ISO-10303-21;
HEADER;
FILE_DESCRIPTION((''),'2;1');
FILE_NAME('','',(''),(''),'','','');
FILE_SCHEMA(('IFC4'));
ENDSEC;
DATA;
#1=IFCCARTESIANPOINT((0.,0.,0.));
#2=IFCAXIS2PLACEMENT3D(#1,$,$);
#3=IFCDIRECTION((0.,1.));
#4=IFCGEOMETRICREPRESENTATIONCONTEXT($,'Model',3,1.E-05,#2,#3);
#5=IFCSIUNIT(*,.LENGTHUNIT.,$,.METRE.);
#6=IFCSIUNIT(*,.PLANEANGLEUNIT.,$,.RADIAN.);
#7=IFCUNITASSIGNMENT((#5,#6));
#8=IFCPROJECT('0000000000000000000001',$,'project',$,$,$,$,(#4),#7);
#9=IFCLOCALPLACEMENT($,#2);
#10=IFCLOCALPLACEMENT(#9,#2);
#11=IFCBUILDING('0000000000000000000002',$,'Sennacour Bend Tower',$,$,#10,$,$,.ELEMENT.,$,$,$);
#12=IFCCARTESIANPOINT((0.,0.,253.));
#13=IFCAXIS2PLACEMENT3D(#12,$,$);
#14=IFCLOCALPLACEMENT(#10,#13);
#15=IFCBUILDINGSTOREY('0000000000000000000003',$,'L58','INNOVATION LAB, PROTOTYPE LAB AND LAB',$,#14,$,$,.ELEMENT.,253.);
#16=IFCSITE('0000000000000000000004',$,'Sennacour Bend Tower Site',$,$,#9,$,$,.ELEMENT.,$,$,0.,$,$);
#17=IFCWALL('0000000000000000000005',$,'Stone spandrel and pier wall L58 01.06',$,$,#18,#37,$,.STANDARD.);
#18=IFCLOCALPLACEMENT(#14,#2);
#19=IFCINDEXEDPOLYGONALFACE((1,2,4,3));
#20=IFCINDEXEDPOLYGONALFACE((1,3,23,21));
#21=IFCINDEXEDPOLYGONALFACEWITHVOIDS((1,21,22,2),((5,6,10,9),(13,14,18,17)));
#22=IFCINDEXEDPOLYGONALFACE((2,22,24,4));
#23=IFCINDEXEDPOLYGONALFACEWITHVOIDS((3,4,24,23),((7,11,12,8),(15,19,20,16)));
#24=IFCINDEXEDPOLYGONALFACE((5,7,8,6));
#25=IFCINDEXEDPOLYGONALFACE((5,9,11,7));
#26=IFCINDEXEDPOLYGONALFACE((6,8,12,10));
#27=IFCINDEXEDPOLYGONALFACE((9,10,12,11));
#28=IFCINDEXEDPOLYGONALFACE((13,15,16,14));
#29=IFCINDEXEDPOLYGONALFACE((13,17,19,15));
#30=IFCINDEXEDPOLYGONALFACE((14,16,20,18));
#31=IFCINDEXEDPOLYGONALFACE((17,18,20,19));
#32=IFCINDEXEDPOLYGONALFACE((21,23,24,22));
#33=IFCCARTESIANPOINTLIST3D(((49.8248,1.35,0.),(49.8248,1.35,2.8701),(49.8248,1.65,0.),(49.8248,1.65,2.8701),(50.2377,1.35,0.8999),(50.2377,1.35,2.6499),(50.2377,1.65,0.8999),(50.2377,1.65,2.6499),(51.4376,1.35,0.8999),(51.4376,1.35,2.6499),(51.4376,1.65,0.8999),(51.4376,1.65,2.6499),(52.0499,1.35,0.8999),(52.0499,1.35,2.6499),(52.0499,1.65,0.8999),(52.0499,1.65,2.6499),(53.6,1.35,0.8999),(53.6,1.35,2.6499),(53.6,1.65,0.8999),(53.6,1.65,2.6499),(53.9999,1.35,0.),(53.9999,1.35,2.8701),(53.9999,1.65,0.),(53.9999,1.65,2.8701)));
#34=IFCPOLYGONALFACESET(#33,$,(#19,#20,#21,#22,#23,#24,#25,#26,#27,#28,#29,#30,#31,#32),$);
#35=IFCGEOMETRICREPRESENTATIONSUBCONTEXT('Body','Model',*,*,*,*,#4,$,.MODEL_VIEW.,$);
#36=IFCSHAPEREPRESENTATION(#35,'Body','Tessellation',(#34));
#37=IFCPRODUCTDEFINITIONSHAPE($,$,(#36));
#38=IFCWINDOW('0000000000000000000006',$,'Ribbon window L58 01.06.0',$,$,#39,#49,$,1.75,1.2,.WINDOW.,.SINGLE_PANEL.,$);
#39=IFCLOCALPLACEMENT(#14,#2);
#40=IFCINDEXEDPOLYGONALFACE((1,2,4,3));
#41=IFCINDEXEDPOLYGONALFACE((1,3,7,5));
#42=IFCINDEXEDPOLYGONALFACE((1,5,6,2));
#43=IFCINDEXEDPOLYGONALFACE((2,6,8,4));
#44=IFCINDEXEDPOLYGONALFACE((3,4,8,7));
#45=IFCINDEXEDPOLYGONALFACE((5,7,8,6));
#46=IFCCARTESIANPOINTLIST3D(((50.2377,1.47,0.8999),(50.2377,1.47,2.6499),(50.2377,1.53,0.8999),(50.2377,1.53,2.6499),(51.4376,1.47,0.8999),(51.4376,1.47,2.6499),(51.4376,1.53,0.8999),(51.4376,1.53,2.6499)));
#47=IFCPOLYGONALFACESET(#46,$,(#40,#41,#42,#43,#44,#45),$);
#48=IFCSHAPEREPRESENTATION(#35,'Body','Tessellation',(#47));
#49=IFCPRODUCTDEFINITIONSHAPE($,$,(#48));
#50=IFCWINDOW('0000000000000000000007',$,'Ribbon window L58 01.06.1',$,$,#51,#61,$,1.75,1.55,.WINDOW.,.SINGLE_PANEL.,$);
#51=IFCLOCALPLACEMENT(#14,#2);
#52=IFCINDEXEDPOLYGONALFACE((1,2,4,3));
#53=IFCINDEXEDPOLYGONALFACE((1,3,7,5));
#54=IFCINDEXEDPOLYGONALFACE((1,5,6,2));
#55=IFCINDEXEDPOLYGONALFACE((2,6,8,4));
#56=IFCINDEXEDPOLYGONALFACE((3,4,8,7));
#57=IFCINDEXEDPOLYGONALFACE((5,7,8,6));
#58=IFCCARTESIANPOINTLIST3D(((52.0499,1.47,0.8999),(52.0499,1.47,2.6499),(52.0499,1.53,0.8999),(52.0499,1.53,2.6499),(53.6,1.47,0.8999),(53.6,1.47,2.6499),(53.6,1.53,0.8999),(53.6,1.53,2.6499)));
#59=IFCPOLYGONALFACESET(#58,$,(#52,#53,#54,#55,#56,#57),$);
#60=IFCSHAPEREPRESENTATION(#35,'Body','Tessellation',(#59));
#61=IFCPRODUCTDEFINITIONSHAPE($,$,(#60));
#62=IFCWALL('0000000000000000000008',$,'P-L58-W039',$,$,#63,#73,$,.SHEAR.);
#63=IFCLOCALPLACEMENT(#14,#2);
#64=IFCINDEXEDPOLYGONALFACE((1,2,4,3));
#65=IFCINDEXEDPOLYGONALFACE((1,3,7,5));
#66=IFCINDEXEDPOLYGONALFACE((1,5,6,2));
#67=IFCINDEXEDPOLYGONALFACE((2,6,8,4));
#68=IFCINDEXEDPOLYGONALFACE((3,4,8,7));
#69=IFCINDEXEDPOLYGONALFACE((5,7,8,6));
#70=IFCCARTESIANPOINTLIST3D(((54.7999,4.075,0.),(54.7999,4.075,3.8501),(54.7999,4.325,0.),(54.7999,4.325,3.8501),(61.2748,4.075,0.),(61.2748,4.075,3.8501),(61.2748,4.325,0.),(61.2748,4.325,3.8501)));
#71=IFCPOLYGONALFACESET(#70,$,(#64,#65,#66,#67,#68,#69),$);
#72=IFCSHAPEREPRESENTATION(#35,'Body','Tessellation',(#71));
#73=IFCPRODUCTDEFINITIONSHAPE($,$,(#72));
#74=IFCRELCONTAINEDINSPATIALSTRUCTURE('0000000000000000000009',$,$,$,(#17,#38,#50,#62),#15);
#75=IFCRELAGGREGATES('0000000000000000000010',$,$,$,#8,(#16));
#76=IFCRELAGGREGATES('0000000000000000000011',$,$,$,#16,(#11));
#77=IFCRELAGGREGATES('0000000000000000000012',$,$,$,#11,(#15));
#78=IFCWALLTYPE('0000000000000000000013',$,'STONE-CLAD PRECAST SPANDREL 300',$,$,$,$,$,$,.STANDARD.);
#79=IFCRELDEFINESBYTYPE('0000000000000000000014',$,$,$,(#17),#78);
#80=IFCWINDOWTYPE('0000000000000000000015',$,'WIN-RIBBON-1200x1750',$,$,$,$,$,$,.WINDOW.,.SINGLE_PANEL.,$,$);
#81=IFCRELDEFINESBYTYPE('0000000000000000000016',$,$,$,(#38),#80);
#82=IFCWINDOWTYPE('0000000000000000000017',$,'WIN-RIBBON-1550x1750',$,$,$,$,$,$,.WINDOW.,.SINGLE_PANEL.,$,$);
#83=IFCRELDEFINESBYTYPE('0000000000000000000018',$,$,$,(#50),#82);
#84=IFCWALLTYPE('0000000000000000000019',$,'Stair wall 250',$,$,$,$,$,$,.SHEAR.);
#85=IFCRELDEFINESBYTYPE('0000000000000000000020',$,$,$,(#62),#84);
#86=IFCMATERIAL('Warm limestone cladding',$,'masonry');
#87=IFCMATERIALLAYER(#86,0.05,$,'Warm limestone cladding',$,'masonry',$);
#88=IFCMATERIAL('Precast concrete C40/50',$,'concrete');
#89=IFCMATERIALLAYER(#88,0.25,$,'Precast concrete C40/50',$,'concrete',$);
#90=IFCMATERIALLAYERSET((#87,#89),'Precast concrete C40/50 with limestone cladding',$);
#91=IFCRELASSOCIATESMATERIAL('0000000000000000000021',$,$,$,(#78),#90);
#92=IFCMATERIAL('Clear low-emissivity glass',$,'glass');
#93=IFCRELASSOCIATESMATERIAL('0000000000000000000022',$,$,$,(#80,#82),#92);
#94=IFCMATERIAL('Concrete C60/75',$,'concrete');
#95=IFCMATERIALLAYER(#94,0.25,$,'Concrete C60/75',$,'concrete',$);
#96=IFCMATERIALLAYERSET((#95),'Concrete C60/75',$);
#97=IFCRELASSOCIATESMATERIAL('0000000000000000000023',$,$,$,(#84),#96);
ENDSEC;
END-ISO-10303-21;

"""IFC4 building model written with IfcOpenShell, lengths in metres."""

from ifc_helpers import new_model, si_unit, direction, frame, frame_2d, origin, place, context, subcontext, project, spatial, rectangle, extrude, material, layer, layer_set, type_object, element, fill, save


model = new_model("IFC4")

# Units and contexts
model_context = context("Model", 3, precision=1e-05, world=origin(), true_north=direction((0.0, 1.0)))
body_context = subcontext(model_context, "Body", "Model", "MODEL_VIEW")
ifc_project = project(units=[si_unit("LENGTHUNIT", "METRE"), si_unit("PLANEANGLEUNIT", "RADIAN")], contexts=[model_context])

# Site, building, storey
site_placement = place(None, origin())
site = spatial("IfcSite", under=ifc_project, at=site_placement, Name="Sennacour Bend Tower Site", CompositionType="ELEMENT", RefElevation=0.0)
building_placement = place(site_placement, origin())
building = spatial("IfcBuilding", under=site, at=building_placement, Name="Sennacour Bend Tower", CompositionType="ELEMENT")
storey_placement = place(building_placement, frame((0.0, 0.0, 253.0)))
storey = spatial("IfcBuildingStorey", under=building, at=storey_placement, Name="L58", Description="INNOVATION LAB, PROTOTYPE LAB AND LAB", CompositionType="ELEMENT", Elevation=253.0)

# Wall, openings, windows
ifc_material_1 = material(Name="Warm limestone cladding", Category="masonry")
ifc_layer_1 = layer(ifc_material_1, 0.05, Name="Warm limestone cladding", Category="masonry")
ifc_material_2 = material(Name="Precast concrete C40/50", Category="concrete")
ifc_layer_2 = layer(ifc_material_2, 0.25, Name="Precast concrete C40/50", Category="concrete")
ifc_layer_set_1 = layer_set([ifc_layer_1, ifc_layer_2], Name="Precast concrete C40/50 with limestone cladding")
wall_type_1 = type_object("IfcWallType", Name="STONE-CLAD PRECAST SPANDREL 300", PredefinedType="STANDARD", material=ifc_layer_set_1)
ifc_material_3 = material(Name="Clear low-emissivity glass", Category="glass")
window_type_1 = type_object("IfcWindowType", Name="WIN-RIBBON-1200x1750", PartitioningType="SINGLE_PANEL", PredefinedType="WINDOW", material=ifc_material_3)
wall_1_placement = place(storey_placement, frame((49.825, 1.5, 0.0), z_axis=(0.0, 0.0, 1.0), x_axis=(1.0, 0.0, 0.0)))
wall_1 = element("IfcWall", 1, at=wall_1_placement, inside=storey, type_object=wall_type_1, Name="Stone spandrel and pier wall L58 01.06", PredefinedType="STANDARD", context=body_context, shape_type="SweptSolid", body=[
    extrude(rectangle(XDim=4.175, YDim=0.3, at=frame_2d((2.0874, 0.0))), origin(), (0.0, 0.0, 1.0), 2.8701),
])
opening_1_placement = place(wall_1_placement, frame((0.4126, 0.0, 0.8999)))
opening_1 = element("IfcOpeningElement", 2, at=opening_1_placement, cuts=wall_1, PredefinedType="OPENING", context=body_context, shape_type="SweptSolid", body=[
    extrude(rectangle(XDim=1.2, YDim=1.75, at=frame_2d((0.6001, 0.875))), frame((0.0, 0.1602, 0.0), z_axis=(0.0, -1.0, 0.0), x_axis=(1.0, 0.0, 0.0)), (0.0, 0.0, 1.0), 0.3201),
])
opening_2_placement = place(wall_1_placement, frame((2.2251, 0.0, 0.8999)))
opening_2 = element("IfcOpeningElement", 3, at=opening_2_placement, cuts=wall_1, PredefinedType="OPENING", context=body_context, shape_type="SweptSolid", body=[
    extrude(rectangle(XDim=1.55, YDim=1.75, at=frame_2d((0.7749, 0.875))), frame((0.0, 0.1602, 0.0), z_axis=(0.0, -1.0, 0.0), x_axis=(1.0, 0.0, 0.0)), (0.0, 0.0, 1.0), 0.3201),
])
window_1_placement = place(opening_1_placement, origin())
window_1 = element("IfcWindow", 4, at=window_1_placement, inside=storey, type_object=window_type_1, Name="Ribbon window L58 01.06.0", OverallHeight=1.75, OverallWidth=1.2, PartitioningType="SINGLE_PANEL", PredefinedType="WINDOW", context=body_context, shape_type="SweptSolid", body=[
    extrude(rectangle(XDim=1.2, YDim=1.75, at=frame_2d((0.6001, 0.875))), frame((0.0, 0.03, 0.0), z_axis=(0.0, -1.0, 0.0), x_axis=(1.0, 0.0, 0.0)), (0.0, 0.0, 1.0), 0.0601),
])
fill(opening_1, window_1)
window_type_2 = type_object("IfcWindowType", Name="WIN-RIBBON-1550x1750", PartitioningType="SINGLE_PANEL", PredefinedType="WINDOW", material=ifc_material_3)
window_2_placement = place(opening_2_placement, origin())
window_2 = element("IfcWindow", 5, at=window_2_placement, inside=storey, type_object=window_type_2, Name="Ribbon window L58 01.06.1", OverallHeight=1.75, OverallWidth=1.55, PartitioningType="SINGLE_PANEL", PredefinedType="WINDOW", context=body_context, shape_type="SweptSolid", body=[
    extrude(rectangle(XDim=1.55, YDim=1.75, at=frame_2d((0.7749, 0.875))), frame((0.0, 0.03, 0.0), z_axis=(0.0, -1.0, 0.0), x_axis=(1.0, 0.0, 0.0)), (0.0, 0.0, 1.0), 0.0601),
])
fill(opening_2, window_2)

# Wall
ifc_material_4 = material(Name="Concrete C60/75", Category="concrete")
ifc_layer_3 = layer(ifc_material_4, 0.25, Name="Concrete C60/75", Category="concrete")
ifc_layer_set_2 = layer_set([ifc_layer_3], Name="Concrete C60/75")
wall_type_2 = type_object("IfcWallType", Name="Stair wall 250", PredefinedType="SHEAR", material=ifc_layer_set_2)
wall_2_placement = place(storey_placement, frame((54.8, 4.2, 0.0), z_axis=(0.0, 0.0, 1.0), x_axis=(1.0, 0.0, 0.0)))
element("IfcWall", 6, at=wall_2_placement, inside=storey, type_object=wall_type_2, Name="P-L58-W039", PredefinedType="SHEAR", context=body_context, shape_type="SweptSolid", body=[
    extrude(rectangle(XDim=6.4749, YDim=0.25, at=frame_2d((3.2373, 0.0))), origin(), (0.0, 0.0, 1.0), 3.8501),
])

save(model, "model.ifc")
